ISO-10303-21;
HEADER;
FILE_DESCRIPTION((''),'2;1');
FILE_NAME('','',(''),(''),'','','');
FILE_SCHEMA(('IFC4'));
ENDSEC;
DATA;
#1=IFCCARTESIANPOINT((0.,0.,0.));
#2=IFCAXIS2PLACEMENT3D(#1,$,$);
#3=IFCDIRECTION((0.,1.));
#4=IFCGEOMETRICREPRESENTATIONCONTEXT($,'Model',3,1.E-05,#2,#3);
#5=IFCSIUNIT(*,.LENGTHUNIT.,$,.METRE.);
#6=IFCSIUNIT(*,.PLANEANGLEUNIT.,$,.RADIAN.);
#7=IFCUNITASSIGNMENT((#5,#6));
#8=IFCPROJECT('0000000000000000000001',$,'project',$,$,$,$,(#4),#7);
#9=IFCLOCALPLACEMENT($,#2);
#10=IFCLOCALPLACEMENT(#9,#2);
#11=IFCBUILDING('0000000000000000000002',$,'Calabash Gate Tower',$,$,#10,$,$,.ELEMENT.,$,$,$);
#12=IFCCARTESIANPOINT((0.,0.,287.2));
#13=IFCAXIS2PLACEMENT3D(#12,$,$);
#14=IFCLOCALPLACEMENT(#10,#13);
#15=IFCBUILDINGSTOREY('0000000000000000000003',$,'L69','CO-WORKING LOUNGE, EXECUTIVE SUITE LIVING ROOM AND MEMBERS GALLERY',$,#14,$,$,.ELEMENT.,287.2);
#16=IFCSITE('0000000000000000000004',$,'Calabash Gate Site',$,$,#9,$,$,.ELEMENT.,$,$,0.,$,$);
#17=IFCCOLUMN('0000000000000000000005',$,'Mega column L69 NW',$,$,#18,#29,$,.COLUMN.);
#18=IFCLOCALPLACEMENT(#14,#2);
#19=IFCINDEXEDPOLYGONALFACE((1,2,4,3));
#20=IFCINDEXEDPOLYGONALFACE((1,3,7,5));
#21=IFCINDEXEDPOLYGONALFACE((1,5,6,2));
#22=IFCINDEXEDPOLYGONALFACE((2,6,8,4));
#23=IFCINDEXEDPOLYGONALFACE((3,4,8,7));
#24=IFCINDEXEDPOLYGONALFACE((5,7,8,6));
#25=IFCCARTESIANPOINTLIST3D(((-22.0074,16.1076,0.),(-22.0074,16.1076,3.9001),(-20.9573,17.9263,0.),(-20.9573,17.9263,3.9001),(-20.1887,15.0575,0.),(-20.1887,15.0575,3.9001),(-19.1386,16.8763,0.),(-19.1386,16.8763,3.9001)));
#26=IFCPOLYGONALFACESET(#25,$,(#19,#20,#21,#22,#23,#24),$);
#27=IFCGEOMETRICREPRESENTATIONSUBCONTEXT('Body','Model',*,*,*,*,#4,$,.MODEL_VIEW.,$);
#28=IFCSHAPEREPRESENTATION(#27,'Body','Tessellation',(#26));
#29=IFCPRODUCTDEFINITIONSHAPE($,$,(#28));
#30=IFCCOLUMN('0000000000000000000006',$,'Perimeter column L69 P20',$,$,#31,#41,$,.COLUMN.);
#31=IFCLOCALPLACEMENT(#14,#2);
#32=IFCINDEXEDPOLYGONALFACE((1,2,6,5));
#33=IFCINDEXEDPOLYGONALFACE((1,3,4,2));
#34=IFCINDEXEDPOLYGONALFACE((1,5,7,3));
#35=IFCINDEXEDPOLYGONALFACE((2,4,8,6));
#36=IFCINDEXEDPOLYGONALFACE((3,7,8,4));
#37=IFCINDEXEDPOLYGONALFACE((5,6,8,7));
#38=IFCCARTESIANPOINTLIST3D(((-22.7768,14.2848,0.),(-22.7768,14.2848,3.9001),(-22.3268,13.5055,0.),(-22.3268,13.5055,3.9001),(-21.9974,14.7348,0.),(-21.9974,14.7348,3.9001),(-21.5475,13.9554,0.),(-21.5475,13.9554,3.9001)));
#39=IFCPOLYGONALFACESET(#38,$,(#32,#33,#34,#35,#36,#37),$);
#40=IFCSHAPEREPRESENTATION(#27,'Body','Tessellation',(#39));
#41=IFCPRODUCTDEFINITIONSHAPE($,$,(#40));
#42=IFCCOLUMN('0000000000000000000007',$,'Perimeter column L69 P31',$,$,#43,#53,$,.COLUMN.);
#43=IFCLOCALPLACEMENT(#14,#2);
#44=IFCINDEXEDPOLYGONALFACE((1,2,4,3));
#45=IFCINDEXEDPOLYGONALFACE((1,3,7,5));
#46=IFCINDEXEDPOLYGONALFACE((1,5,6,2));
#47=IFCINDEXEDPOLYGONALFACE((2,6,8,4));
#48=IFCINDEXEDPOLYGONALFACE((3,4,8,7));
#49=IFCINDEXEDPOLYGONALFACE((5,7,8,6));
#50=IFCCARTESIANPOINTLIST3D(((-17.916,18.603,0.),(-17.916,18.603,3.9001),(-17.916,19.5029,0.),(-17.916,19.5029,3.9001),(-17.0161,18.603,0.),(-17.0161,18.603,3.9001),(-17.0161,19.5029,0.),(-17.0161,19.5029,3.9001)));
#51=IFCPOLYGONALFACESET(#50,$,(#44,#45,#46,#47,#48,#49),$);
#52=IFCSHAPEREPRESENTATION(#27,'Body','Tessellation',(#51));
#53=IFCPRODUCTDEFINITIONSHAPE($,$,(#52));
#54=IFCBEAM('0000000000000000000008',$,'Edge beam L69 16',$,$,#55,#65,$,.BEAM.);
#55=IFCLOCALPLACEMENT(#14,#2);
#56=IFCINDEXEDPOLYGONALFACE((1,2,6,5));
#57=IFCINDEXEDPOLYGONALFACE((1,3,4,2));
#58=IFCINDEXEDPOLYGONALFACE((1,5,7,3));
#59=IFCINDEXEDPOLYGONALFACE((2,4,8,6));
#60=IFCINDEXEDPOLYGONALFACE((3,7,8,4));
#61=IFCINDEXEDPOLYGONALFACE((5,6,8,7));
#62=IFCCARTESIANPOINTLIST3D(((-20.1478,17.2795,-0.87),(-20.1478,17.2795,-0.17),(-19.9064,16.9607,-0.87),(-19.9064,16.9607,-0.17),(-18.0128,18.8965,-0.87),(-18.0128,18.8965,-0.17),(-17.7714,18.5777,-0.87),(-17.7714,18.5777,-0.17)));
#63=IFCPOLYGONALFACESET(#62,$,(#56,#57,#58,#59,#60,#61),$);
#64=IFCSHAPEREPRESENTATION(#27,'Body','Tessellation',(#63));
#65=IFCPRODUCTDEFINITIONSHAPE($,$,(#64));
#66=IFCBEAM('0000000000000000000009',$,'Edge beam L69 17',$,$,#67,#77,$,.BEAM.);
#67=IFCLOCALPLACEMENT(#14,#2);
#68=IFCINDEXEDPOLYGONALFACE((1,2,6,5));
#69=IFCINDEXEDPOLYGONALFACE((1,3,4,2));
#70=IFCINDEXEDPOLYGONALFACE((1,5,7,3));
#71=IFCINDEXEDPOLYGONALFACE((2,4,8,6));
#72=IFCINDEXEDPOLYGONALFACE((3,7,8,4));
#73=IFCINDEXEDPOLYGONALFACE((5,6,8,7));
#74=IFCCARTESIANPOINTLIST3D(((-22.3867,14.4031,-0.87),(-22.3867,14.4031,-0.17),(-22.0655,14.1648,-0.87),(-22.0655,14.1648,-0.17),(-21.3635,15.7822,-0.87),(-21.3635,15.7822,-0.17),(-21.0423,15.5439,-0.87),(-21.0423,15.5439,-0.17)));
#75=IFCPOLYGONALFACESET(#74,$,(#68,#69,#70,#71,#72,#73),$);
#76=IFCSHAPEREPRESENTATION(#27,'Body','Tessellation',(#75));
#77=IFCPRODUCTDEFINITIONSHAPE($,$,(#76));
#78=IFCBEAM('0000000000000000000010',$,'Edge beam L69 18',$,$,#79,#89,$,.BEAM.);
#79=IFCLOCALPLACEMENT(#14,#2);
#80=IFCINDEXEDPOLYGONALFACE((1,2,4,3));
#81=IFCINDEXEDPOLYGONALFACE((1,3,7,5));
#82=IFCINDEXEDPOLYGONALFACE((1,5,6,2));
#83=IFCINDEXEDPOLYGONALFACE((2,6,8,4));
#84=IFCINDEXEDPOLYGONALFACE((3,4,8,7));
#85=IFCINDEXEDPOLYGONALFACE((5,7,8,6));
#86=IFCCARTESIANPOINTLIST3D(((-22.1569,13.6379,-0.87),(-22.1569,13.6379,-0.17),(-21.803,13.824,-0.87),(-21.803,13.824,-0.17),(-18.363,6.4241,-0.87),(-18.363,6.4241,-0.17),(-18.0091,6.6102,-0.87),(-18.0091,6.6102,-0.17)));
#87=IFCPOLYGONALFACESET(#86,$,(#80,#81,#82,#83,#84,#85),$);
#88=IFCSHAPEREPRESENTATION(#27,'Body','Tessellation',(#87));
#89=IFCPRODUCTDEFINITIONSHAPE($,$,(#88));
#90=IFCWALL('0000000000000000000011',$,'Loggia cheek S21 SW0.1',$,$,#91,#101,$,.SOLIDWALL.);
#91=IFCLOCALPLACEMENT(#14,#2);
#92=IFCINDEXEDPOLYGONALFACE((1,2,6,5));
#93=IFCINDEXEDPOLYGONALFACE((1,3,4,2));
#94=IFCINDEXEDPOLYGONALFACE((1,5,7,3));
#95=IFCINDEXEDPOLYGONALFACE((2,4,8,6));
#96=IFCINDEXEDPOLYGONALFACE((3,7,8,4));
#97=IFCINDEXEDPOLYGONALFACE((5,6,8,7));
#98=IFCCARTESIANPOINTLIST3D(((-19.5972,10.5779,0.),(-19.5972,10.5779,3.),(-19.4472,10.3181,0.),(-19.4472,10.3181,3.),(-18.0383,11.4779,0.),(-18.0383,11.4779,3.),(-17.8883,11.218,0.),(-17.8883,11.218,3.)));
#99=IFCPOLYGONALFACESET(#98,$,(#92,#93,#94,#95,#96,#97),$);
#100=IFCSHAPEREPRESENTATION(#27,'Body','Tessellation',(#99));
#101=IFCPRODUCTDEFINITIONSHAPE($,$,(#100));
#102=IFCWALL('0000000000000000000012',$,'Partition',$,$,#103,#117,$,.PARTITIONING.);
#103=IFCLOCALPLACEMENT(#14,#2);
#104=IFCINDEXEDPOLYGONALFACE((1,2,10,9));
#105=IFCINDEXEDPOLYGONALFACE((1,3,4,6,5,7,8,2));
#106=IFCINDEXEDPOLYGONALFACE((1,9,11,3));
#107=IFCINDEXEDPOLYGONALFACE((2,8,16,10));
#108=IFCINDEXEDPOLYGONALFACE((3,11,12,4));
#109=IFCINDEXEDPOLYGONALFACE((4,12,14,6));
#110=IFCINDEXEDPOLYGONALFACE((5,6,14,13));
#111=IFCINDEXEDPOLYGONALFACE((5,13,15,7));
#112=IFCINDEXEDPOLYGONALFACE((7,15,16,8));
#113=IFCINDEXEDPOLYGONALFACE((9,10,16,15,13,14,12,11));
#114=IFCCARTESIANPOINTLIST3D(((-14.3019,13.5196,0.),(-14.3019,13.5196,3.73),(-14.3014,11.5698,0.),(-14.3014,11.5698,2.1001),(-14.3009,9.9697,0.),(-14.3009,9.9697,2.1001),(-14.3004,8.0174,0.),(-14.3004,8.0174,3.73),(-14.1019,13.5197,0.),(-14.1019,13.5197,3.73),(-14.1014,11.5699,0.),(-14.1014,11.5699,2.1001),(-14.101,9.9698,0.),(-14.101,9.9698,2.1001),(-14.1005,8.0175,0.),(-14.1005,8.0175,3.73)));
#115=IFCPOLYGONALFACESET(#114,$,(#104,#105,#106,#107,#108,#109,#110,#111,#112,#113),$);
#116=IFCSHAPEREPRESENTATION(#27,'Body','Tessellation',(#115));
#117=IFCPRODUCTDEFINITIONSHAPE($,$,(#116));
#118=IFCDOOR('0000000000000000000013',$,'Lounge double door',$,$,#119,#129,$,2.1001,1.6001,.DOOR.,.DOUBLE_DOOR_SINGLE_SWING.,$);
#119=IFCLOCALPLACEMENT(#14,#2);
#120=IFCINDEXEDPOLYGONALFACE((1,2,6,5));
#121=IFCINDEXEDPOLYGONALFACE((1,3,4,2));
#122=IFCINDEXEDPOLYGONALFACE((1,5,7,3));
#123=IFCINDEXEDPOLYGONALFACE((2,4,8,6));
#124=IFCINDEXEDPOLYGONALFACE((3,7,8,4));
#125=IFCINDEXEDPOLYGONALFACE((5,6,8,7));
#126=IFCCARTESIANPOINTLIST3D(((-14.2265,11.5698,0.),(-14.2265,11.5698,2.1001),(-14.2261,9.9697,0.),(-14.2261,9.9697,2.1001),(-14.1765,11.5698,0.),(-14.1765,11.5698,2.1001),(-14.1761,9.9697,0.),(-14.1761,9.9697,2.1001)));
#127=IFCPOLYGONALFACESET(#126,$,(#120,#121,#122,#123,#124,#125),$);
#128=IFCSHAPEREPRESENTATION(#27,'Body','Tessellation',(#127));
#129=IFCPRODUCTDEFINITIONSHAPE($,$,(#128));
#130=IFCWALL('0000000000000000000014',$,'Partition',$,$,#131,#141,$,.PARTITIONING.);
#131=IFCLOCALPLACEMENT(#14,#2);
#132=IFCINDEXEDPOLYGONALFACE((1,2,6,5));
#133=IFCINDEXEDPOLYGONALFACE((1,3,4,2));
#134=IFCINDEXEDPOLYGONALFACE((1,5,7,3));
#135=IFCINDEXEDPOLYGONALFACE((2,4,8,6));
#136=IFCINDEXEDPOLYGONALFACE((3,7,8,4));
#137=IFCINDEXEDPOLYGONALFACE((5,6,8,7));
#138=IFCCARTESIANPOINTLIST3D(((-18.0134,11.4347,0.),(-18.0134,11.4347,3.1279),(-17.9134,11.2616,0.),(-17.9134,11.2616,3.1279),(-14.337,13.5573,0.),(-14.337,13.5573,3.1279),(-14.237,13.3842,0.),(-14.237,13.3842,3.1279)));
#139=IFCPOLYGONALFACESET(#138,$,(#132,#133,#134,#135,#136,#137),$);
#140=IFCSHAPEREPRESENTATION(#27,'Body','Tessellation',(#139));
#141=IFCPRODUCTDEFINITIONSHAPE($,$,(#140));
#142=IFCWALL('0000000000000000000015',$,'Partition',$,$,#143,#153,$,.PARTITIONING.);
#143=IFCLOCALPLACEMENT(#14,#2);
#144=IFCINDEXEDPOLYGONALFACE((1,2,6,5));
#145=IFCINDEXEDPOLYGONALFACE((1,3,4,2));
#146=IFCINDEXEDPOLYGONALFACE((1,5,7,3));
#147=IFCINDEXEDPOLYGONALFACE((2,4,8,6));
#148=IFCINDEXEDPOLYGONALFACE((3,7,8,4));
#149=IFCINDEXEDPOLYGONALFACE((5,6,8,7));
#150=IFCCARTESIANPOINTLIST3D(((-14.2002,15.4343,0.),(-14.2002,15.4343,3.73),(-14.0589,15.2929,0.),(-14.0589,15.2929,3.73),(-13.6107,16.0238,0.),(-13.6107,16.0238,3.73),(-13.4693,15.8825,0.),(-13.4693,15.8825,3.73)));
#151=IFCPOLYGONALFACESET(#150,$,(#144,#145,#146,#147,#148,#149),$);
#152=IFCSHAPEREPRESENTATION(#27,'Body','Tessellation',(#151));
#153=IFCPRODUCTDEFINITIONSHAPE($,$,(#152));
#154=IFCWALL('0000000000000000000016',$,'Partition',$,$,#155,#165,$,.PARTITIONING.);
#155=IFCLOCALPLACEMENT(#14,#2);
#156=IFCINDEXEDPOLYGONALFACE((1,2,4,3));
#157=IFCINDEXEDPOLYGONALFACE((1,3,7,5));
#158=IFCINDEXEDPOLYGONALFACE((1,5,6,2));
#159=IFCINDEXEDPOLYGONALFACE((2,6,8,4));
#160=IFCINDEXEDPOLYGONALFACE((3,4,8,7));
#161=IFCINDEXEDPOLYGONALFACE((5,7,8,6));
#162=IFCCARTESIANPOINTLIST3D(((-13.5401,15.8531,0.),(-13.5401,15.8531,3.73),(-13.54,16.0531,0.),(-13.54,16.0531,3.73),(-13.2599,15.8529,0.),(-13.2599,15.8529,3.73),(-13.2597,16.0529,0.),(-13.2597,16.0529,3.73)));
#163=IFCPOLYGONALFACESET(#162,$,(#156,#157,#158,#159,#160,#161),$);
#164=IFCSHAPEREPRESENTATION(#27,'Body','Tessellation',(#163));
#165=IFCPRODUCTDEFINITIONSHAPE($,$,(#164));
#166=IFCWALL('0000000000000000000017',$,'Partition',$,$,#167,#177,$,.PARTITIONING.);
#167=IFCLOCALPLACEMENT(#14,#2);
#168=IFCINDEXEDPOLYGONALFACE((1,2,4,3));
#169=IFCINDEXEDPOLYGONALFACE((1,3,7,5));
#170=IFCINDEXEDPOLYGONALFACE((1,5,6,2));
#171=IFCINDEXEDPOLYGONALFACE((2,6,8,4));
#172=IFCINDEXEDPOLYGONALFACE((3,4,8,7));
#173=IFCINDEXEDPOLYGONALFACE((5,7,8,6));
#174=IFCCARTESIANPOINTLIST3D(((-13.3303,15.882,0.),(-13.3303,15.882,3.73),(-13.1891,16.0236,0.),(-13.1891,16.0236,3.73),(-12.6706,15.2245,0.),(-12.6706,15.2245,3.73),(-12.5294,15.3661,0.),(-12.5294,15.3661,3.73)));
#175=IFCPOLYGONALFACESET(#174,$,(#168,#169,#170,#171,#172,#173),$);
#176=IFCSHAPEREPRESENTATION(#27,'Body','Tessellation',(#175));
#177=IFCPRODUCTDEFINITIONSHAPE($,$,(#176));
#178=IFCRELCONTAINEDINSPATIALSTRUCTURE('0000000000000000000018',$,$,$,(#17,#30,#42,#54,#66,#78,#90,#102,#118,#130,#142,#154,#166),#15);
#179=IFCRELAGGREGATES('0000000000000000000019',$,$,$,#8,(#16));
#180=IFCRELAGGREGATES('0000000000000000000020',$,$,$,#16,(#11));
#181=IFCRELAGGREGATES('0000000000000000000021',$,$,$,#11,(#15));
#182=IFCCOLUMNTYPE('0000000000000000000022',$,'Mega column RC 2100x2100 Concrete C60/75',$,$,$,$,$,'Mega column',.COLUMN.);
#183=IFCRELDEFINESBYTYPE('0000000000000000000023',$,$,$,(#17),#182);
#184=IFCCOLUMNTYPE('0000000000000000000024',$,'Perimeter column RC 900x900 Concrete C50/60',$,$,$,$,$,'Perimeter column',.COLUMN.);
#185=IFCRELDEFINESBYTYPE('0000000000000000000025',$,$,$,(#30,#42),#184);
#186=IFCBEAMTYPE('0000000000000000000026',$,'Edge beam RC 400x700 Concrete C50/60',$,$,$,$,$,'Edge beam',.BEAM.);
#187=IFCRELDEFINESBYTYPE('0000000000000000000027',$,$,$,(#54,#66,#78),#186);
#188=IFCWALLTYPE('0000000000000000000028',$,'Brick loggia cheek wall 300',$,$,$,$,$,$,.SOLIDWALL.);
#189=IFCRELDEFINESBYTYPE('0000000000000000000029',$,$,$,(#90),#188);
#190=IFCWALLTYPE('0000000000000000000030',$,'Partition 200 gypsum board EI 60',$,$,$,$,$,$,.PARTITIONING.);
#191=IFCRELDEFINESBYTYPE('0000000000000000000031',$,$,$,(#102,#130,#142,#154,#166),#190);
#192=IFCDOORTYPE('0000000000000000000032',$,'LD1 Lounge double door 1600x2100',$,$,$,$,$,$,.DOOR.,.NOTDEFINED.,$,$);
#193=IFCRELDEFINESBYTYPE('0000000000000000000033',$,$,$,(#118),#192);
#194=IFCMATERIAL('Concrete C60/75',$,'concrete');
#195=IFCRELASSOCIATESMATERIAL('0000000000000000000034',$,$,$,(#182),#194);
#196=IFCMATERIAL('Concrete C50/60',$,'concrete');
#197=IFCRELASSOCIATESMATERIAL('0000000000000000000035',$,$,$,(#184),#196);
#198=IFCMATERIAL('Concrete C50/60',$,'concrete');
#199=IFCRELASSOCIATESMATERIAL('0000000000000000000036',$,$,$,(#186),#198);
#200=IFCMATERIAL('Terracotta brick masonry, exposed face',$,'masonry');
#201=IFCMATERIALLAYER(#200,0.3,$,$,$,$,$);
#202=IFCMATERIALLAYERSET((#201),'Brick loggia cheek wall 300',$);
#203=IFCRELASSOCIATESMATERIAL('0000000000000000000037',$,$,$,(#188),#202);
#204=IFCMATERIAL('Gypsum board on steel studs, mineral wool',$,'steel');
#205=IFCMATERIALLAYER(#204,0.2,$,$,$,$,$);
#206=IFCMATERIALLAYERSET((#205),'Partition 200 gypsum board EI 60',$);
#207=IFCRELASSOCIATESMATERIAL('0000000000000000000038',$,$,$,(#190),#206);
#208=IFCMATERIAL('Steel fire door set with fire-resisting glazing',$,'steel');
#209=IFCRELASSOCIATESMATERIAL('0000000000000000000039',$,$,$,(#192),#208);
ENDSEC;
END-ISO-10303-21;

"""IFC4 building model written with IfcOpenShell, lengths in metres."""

from ifc_helpers import new_model, si_unit, direction, frame, frame_2d, origin, origin_2d, place, context, subcontext, project, spatial, rectangle, extrude, material, layer, layer_set, material_profile, profile_set, type_object, element, fill, save


model = new_model("IFC4")

# Units and contexts
model_context = context("Model", 3, precision=1e-05, world=origin(), true_north=direction((0.0, 1.0)))
body_context = subcontext(model_context, "Body", "Model", "MODEL_VIEW")
ifc_project = project(units=[si_unit("LENGTHUNIT", "METRE"), si_unit("PLANEANGLEUNIT", "RADIAN")], contexts=[model_context])

# Site, building, storey
site_placement = place(None, origin())
site = spatial("IfcSite", under=ifc_project, at=site_placement, Name="Calabash Gate Site", CompositionType="ELEMENT", RefElevation=0.0)
building_placement = place(site_placement, origin())
building = spatial("IfcBuilding", under=site, at=building_placement, Name="Calabash Gate Tower", CompositionType="ELEMENT")
storey_placement = place(building_placement, frame((0.0, 0.0, 287.2)))
storey = spatial("IfcBuildingStorey", under=building, at=storey_placement, Name="L69", Description="CO-WORKING LOUNGE, EXECUTIVE SUITE LIVING ROOM AND MEMBERS GALLERY", CompositionType="ELEMENT", Elevation=287.2)

# Columns
ifc_material_1 = material(Name="Concrete C60/75", Category="concrete")
ifc_material_profile_1 = material_profile(ifc_material_1, rectangle(XDim=2.1001, YDim=2.1001, at=origin_2d()))
ifc_profile_set_1 = profile_set([ifc_material_profile_1], Name="Concrete C60/75")
column_type_1 = type_object("IfcColumnType", Name="Mega column RC 2100x2100 Concrete C60/75", ElementType="Mega column", PredefinedType="COLUMN", material=ifc_profile_set_1)
column_placement = place(storey_placement, frame((-20.573, 16.4919, 0.0), z_axis=(0.0, 0.0, 1.0), x_axis=(0.866025, -0.5, 0.0)))
element("IfcColumn", 1, at=column_placement, inside=storey, type_object=column_type_1, Name="Mega column L69 NW", PredefinedType="COLUMN", context=body_context, shape_type="SweptSolid", body=[
    extrude(rectangle(XDim=2.1001, YDim=2.1001, at=origin_2d()), origin(), (0.0, 0.0, 1.0), 3.9001),
])
ifc_material_2 = material(Name="Concrete C50/60", Category="concrete")
ifc_material_profile_2 = material_profile(ifc_material_2, rectangle(XDim=0.8999, YDim=0.8999, at=origin_2d()))
ifc_profile_set_2 = profile_set([ifc_material_profile_2], Name="Concrete C50/60")
column_type_2 = type_object("IfcColumnType", Name="Perimeter column RC 900x900 Concrete C50/60", ElementType="Perimeter column", PredefinedType="COLUMN", material=ifc_profile_set_2)
for number, where, z_axis, x_axis, name in (
    (2, (-22.1621, 14.1201, 0.0), (0.0, 0.0, 1.0), (0.5, -0.866025, 0.0), "Perimeter column L69 P20"),
    (3, (-17.4661, 19.053, 0.0), (0.0, 0.0, 1.0), (-1.0, 0.0, 0.0), "Perimeter column L69 P31"),
):
    element("IfcColumn", number, at=place(storey_placement, frame(where, z_axis=z_axis, x_axis=x_axis)), inside=storey, type_object=column_type_2, Name=name, PredefinedType="COLUMN", context=body_context, shape_type="SweptSolid", body=[
        extrude(rectangle(XDim=0.8999, YDim=0.8999, at=origin_2d()), origin(), (0.0, 0.0, 1.0), 3.9001),
    ])

# Beams
ifc_material_3 = material(Name="Concrete C50/60", Category="concrete")
ifc_material_profile_3 = material_profile(ifc_material_3, rectangle(XDim=0.3999, YDim=0.7, at=origin_2d()))
ifc_profile_set_3 = profile_set([ifc_material_profile_3], Name="Concrete C50/60")
beam_type = type_object("IfcBeamType", Name="Edge beam RC 400x700 Concrete C50/60", ElementType="Edge beam", PredefinedType="BEAM", material=ifc_profile_set_3)
beam_1_placement = place(storey_placement, frame((-17.8921, 18.7371, -0.52), z_axis=(-0.79718, -0.603742, 0.0), x_axis=(0.603742, -0.79718, 0.0)))
element("IfcBeam", 4, at=beam_1_placement, inside=storey, type_object=beam_type, Name="Edge beam L69 16", PredefinedType="BEAM", context=body_context, shape_type="SweptSolid", body=[
    extrude(rectangle(XDim=0.3999, YDim=0.7, at=origin_2d()), origin(), (0.0, 0.0, 1.0), 2.6782),
])
beam_2_placement = place(storey_placement, frame((-21.2029, 15.6631, -0.52), z_axis=(-0.595829, -0.803111, 0.0), x_axis=(0.803111, -0.595829, 0.0)))
element("IfcBeam", 5, at=beam_2_placement, inside=storey, type_object=beam_type, Name="Edge beam L69 17", PredefinedType="BEAM", context=body_context, shape_type="SweptSolid", body=[
    extrude(rectangle(XDim=0.3999, YDim=0.7, at=origin_2d()), origin(), (0.0, 0.0, 1.0), 1.7173),
])
beam_3_placement = place(storey_placement, frame((-21.98, 13.731, -0.52), z_axis=(0.465475, -0.885061, 0.0), x_axis=(0.885061, 0.465475, 0.0)))
element("IfcBeam", 6, at=beam_3_placement, inside=storey, type_object=beam_type, Name="Edge beam L69 18", PredefinedType="BEAM", context=body_context, shape_type="SweptSolid", body=[
    extrude(rectangle(XDim=0.3999, YDim=0.7, at=origin_2d()), origin(), (0.0, 0.0, 1.0), 8.1506),
])

# Wall
ifc_material_4 = material(Name="Terracotta brick masonry, exposed face", Category="masonry")
ifc_layer_1 = layer(ifc_material_4, 0.3)
ifc_layer_set_1 = layer_set([ifc_layer_1], Name="Brick loggia cheek wall 300")
wall_type_1 = type_object("IfcWallType", Name="Brick loggia cheek wall 300", PredefinedType="SOLIDWALL", material=ifc_layer_set_1)
wall_1_placement = place(storey_placement, frame((-17.9634, 11.3479, 0.0), z_axis=(0.0, 0.0, 1.0), x_axis=(-0.866048, -0.499961, 0.0)))
element("IfcWall", 7, at=wall_1_placement, inside=storey, type_object=wall_type_1, Name="Loggia cheek S21 SW0.1", PredefinedType="SOLIDWALL", context=body_context, shape_type="SweptSolid", body=[
    extrude(rectangle(XDim=1.8, YDim=0.3, at=frame_2d((0.8999, 0.0))), origin(), (0.0, 0.0, 1.0), 3.0),
])

# Wall, opening, door
ifc_material_5 = material(Name="Gypsum board on steel studs, mineral wool", Category="steel")
ifc_layer_2 = layer(ifc_material_5, 0.2)
ifc_layer_set_2 = layer_set([ifc_layer_2], Name="Partition 200 gypsum board EI 60")
wall_type_2 = type_object("IfcWallType", Name="Partition 200 gypsum board EI 60", PredefinedType="PARTITIONING", material=ifc_layer_set_2)
wall_2_placement = place(storey_placement, frame((-14.2019, 13.5195, 0.0), z_axis=(0.0, 0.0, 1.0), x_axis=(0.000266, -1.0, 0.0)))
wall_2 = element("IfcWall", 8, at=wall_2_placement, inside=storey, type_object=wall_type_2, Name="Partition", PredefinedType="PARTITIONING", context=body_context, shape_type="SweptSolid", body=[
    extrude(rectangle(XDim=5.5022, YDim=0.2, at=frame_2d((2.751, 0.0))), origin(), (0.0, 0.0, 1.0), 3.73),
])
opening_1_placement = place(wall_2_placement, frame((1.9497, 0.0, 0.0)))
opening_1 = element("IfcOpeningElement", 9, at=opening_1_placement, cuts=wall_2, PredefinedType="OPENING", context=body_context, shape_type="SweptSolid", body=[
    extrude(rectangle(XDim=1.6001, YDim=2.1001, at=frame_2d((0.8, 1.05))), frame((0.0, 0.1099, 0.0), z_axis=(0.0, -1.0, 0.0), x_axis=(1.0, 0.0, 0.0)), (0.0, 0.0, 1.0), 0.22),
])
ifc_material_6 = material(Name="Steel fire door set with fire-resisting glazing", Category="steel")
door_type_1 = type_object("IfcDoorType", Name="LD1 Lounge double door 1600x2100", OperationType="NOTDEFINED", PredefinedType="DOOR", material=ifc_material_6)
door_1_placement = place(opening_1_placement, origin())
door_1 = element("IfcDoor", 10, at=door_1_placement, inside=storey, type_object=door_type_1, Name="Lounge double door", OperationType="DOUBLE_DOOR_SINGLE_SWING", OverallHeight=2.1001, OverallWidth=1.6001, PredefinedType="DOOR", context=body_context, shape_type="SweptSolid", body=[
    extrude(rectangle(XDim=1.6001, YDim=2.1001, at=frame_2d((0.8, 1.05))), frame((0.0, 0.0249, 0.0), z_axis=(0.0, -1.0, 0.0), x_axis=(1.0, 0.0, 0.0)), (0.0, 0.0, 1.0), 0.05),
])
fill(opening_1, door_1)

# Wall
wall_3_placement = place(storey_placement, frame((-17.9634, 11.3481, 0.0), z_axis=(0.0, 0.0, 1.0), x_axis=(0.866019, 0.500011, 0.0)))
element("IfcWall", 11, at=wall_3_placement, inside=storey, type_object=wall_type_2, Name="Partition", PredefinedType="PARTITIONING", context=body_context, shape_type="SweptSolid", body=[
    extrude(rectangle(XDim=4.2451, YDim=0.2, at=frame_2d((2.1226, 0.0))), origin(), (0.0, 0.0, 1.0), 3.1279),
])

# Walls
wall_4_placement = place(storey_placement, frame((-14.1296, 15.3635, 0.0), z_axis=(0.0, 0.0, 1.0), x_axis=(0.707107, 0.707107, 0.0)))
element("IfcWall", 12, at=wall_4_placement, inside=storey, type_object=wall_type_2, Name="Partition", PredefinedType="PARTITIONING", context=body_context, shape_type="SweptSolid", body=[
    extrude(rectangle(XDim=0.8337, YDim=0.2, at=frame_2d((0.417, 0.0))), origin(), (0.0, 0.0, 1.0), 3.73),
])
wall_5_placement = place(storey_placement, frame((-13.54, 15.9531, 0.0), z_axis=(0.0, 0.0, 1.0), x_axis=(1.0, -0.000871, 0.0)))
element("IfcWall", 13, at=wall_5_placement, inside=storey, type_object=wall_type_2, Name="Partition", PredefinedType="PARTITIONING", context=body_context, shape_type="SweptSolid", body=[
    extrude(rectangle(XDim=0.2803, YDim=0.2, at=frame_2d((0.1401, 0.0))), origin(), (0.0, 0.0, 1.0), 3.73),
])
wall_6_placement = place(storey_placement, frame((-13.2598, 15.9529, 0.0), z_axis=(0.0, 0.0, 1.0), x_axis=(0.708285, -0.705926, 0.0)))
element("IfcWall", 14, at=wall_6_placement, inside=storey, type_object=wall_type_2, Name="Partition", PredefinedType="PARTITIONING", context=body_context, shape_type="SweptSolid", body=[
    extrude(rectangle(XDim=0.9314, YDim=0.2, at=frame_2d((0.4658, 0.0))), origin(), (0.0, 0.0, 1.0), 3.73),
])

save(model, "model.ifc")
